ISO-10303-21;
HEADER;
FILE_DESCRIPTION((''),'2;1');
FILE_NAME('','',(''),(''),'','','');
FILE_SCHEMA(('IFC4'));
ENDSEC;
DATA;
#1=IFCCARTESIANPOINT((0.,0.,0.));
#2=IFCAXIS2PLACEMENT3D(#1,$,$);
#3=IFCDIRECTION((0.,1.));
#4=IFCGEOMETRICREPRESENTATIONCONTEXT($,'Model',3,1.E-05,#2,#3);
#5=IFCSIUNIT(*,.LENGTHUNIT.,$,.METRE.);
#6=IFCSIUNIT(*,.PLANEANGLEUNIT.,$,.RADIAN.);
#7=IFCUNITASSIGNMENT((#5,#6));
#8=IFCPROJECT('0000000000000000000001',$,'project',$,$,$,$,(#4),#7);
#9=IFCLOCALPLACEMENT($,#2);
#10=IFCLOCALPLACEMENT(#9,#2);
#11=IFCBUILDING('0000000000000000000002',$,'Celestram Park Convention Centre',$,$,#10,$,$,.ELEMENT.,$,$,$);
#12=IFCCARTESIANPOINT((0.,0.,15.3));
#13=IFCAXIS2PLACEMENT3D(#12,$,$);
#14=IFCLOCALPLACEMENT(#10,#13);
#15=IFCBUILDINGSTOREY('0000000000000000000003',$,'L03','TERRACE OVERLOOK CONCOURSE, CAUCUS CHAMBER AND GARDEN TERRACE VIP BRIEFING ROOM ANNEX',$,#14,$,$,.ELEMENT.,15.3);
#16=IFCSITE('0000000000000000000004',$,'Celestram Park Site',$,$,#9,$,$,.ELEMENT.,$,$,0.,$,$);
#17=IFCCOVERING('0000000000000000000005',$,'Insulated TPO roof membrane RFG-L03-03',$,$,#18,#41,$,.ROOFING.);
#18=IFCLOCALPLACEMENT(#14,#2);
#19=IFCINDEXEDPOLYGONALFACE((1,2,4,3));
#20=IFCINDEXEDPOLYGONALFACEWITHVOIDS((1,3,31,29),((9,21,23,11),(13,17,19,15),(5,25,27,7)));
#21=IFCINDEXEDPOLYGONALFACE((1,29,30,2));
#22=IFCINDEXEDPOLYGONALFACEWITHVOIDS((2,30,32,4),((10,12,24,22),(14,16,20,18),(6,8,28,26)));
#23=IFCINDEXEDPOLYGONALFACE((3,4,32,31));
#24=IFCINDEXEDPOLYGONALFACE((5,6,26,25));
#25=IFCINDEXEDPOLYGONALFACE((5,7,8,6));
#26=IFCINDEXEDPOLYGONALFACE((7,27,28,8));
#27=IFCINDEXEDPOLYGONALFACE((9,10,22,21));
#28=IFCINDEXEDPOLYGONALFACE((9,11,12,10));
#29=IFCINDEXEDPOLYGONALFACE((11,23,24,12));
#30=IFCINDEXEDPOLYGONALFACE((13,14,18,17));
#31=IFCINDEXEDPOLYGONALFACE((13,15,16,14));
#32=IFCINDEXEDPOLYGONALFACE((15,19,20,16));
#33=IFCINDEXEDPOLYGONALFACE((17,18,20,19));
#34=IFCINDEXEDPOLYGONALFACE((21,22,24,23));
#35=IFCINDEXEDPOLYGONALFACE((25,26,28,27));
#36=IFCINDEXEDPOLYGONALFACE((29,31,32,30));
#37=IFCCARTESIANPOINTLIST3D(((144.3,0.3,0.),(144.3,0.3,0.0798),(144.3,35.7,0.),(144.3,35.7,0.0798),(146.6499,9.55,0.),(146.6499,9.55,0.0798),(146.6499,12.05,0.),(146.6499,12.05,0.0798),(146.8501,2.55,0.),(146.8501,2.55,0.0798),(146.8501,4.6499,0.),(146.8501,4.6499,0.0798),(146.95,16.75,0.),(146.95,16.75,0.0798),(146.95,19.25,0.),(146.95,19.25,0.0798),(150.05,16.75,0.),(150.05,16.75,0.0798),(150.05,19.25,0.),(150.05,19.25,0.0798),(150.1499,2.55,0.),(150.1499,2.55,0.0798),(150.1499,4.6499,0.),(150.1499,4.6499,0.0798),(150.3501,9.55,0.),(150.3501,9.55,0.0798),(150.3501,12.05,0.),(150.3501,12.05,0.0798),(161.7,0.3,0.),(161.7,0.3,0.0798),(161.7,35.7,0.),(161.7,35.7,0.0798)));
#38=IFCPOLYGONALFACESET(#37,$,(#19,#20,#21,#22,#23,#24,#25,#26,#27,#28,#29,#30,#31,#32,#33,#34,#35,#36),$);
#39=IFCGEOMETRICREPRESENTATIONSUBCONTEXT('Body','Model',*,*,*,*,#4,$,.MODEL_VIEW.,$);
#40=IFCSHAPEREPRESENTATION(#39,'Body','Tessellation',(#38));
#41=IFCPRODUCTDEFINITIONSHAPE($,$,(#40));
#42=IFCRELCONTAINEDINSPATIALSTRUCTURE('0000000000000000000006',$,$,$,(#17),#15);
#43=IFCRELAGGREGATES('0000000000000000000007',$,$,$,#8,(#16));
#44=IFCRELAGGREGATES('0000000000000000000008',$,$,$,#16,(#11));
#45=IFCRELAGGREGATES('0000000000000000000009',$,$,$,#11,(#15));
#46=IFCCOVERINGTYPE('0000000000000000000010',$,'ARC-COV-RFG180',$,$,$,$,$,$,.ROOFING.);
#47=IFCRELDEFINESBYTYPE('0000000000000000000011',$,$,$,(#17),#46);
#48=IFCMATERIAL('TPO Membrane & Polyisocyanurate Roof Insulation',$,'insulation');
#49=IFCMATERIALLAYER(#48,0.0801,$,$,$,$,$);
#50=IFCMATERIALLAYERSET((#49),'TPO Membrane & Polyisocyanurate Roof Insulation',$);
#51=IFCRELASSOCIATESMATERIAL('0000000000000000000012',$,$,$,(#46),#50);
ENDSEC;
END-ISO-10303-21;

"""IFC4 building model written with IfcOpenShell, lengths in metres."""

from ifc_helpers import new_model, si_unit, direction, frame, origin, place, context, subcontext, project, spatial, polyline, outline, extrude, material, layer, layer_set, type_object, element, save


model = new_model("IFC4")

# Units and contexts
model_context = context("Model", 3, precision=1e-05, world=origin(), true_north=direction((0.0, 1.0)))
body_context = subcontext(model_context, "Body", "Model", "MODEL_VIEW")
ifc_project = project(units=[si_unit("LENGTHUNIT", "METRE"), si_unit("PLANEANGLEUNIT", "RADIAN")], contexts=[model_context])

# Site, building, storey
site_placement = place(None, origin())
site = spatial("IfcSite", under=ifc_project, at=site_placement, Name="Celestram Park Site", CompositionType="ELEMENT", RefElevation=0.0)
building_placement = place(site_placement, origin())
building = spatial("IfcBuilding", under=site, at=building_placement, Name="Celestram Park Convention Centre", CompositionType="ELEMENT")
storey_placement = place(building_placement, frame((0.0, 0.0, 15.3)))
storey = spatial("IfcBuildingStorey", under=building, at=storey_placement, Name="L03", Description="TERRACE OVERLOOK CONCOURSE, CAUCUS CHAMBER AND GARDEN TERRACE VIP BRIEFING ROOM ANNEX", CompositionType="ELEMENT", Elevation=15.3)

# Covering
ifc_material_1 = material(Name="TPO Membrane & Polyisocyanurate Roof Insulation", Category="insulation")
ifc_layer_1 = layer(ifc_material_1, 0.0801)
ifc_layer_set_1 = layer_set([ifc_layer_1], Name="TPO Membrane & Polyisocyanurate Roof Insulation")
covering_type_1 = type_object("IfcCoveringType", Name="ARC-COV-RFG180", PredefinedType="ROOFING", material=ifc_layer_set_1)
covering_1_placement = place(storey_placement, origin())
element("IfcCovering", 1, at=covering_1_placement, inside=storey, type_object=covering_type_1, Name="Insulated TPO roof membrane RFG-L03-03", PredefinedType="ROOFING", context=body_context, shape_type="SweptSolid", body=[
    extrude(outline(polyline([(161.7, 35.7), (161.7, 0.3), (144.3, 0.3), (144.3, 35.7), (161.7, 35.7)]), holes=[polyline([(150.1499, 2.55), (150.1499, 4.6499), (146.8501, 4.6499), (146.8501, 2.55), (150.1499, 2.55)]), polyline([(146.6499, 9.55), (150.3501, 9.55), (150.3501, 12.05), (146.6499, 12.05), (146.6499, 9.55)]), polyline([(146.95, 16.75), (150.05, 16.75), (150.05, 19.25), (146.95, 19.25), (146.95, 16.75)])]), origin(), (0.0, 0.0, 1.0), 0.0798),
])

save(model, "model.ifc")
